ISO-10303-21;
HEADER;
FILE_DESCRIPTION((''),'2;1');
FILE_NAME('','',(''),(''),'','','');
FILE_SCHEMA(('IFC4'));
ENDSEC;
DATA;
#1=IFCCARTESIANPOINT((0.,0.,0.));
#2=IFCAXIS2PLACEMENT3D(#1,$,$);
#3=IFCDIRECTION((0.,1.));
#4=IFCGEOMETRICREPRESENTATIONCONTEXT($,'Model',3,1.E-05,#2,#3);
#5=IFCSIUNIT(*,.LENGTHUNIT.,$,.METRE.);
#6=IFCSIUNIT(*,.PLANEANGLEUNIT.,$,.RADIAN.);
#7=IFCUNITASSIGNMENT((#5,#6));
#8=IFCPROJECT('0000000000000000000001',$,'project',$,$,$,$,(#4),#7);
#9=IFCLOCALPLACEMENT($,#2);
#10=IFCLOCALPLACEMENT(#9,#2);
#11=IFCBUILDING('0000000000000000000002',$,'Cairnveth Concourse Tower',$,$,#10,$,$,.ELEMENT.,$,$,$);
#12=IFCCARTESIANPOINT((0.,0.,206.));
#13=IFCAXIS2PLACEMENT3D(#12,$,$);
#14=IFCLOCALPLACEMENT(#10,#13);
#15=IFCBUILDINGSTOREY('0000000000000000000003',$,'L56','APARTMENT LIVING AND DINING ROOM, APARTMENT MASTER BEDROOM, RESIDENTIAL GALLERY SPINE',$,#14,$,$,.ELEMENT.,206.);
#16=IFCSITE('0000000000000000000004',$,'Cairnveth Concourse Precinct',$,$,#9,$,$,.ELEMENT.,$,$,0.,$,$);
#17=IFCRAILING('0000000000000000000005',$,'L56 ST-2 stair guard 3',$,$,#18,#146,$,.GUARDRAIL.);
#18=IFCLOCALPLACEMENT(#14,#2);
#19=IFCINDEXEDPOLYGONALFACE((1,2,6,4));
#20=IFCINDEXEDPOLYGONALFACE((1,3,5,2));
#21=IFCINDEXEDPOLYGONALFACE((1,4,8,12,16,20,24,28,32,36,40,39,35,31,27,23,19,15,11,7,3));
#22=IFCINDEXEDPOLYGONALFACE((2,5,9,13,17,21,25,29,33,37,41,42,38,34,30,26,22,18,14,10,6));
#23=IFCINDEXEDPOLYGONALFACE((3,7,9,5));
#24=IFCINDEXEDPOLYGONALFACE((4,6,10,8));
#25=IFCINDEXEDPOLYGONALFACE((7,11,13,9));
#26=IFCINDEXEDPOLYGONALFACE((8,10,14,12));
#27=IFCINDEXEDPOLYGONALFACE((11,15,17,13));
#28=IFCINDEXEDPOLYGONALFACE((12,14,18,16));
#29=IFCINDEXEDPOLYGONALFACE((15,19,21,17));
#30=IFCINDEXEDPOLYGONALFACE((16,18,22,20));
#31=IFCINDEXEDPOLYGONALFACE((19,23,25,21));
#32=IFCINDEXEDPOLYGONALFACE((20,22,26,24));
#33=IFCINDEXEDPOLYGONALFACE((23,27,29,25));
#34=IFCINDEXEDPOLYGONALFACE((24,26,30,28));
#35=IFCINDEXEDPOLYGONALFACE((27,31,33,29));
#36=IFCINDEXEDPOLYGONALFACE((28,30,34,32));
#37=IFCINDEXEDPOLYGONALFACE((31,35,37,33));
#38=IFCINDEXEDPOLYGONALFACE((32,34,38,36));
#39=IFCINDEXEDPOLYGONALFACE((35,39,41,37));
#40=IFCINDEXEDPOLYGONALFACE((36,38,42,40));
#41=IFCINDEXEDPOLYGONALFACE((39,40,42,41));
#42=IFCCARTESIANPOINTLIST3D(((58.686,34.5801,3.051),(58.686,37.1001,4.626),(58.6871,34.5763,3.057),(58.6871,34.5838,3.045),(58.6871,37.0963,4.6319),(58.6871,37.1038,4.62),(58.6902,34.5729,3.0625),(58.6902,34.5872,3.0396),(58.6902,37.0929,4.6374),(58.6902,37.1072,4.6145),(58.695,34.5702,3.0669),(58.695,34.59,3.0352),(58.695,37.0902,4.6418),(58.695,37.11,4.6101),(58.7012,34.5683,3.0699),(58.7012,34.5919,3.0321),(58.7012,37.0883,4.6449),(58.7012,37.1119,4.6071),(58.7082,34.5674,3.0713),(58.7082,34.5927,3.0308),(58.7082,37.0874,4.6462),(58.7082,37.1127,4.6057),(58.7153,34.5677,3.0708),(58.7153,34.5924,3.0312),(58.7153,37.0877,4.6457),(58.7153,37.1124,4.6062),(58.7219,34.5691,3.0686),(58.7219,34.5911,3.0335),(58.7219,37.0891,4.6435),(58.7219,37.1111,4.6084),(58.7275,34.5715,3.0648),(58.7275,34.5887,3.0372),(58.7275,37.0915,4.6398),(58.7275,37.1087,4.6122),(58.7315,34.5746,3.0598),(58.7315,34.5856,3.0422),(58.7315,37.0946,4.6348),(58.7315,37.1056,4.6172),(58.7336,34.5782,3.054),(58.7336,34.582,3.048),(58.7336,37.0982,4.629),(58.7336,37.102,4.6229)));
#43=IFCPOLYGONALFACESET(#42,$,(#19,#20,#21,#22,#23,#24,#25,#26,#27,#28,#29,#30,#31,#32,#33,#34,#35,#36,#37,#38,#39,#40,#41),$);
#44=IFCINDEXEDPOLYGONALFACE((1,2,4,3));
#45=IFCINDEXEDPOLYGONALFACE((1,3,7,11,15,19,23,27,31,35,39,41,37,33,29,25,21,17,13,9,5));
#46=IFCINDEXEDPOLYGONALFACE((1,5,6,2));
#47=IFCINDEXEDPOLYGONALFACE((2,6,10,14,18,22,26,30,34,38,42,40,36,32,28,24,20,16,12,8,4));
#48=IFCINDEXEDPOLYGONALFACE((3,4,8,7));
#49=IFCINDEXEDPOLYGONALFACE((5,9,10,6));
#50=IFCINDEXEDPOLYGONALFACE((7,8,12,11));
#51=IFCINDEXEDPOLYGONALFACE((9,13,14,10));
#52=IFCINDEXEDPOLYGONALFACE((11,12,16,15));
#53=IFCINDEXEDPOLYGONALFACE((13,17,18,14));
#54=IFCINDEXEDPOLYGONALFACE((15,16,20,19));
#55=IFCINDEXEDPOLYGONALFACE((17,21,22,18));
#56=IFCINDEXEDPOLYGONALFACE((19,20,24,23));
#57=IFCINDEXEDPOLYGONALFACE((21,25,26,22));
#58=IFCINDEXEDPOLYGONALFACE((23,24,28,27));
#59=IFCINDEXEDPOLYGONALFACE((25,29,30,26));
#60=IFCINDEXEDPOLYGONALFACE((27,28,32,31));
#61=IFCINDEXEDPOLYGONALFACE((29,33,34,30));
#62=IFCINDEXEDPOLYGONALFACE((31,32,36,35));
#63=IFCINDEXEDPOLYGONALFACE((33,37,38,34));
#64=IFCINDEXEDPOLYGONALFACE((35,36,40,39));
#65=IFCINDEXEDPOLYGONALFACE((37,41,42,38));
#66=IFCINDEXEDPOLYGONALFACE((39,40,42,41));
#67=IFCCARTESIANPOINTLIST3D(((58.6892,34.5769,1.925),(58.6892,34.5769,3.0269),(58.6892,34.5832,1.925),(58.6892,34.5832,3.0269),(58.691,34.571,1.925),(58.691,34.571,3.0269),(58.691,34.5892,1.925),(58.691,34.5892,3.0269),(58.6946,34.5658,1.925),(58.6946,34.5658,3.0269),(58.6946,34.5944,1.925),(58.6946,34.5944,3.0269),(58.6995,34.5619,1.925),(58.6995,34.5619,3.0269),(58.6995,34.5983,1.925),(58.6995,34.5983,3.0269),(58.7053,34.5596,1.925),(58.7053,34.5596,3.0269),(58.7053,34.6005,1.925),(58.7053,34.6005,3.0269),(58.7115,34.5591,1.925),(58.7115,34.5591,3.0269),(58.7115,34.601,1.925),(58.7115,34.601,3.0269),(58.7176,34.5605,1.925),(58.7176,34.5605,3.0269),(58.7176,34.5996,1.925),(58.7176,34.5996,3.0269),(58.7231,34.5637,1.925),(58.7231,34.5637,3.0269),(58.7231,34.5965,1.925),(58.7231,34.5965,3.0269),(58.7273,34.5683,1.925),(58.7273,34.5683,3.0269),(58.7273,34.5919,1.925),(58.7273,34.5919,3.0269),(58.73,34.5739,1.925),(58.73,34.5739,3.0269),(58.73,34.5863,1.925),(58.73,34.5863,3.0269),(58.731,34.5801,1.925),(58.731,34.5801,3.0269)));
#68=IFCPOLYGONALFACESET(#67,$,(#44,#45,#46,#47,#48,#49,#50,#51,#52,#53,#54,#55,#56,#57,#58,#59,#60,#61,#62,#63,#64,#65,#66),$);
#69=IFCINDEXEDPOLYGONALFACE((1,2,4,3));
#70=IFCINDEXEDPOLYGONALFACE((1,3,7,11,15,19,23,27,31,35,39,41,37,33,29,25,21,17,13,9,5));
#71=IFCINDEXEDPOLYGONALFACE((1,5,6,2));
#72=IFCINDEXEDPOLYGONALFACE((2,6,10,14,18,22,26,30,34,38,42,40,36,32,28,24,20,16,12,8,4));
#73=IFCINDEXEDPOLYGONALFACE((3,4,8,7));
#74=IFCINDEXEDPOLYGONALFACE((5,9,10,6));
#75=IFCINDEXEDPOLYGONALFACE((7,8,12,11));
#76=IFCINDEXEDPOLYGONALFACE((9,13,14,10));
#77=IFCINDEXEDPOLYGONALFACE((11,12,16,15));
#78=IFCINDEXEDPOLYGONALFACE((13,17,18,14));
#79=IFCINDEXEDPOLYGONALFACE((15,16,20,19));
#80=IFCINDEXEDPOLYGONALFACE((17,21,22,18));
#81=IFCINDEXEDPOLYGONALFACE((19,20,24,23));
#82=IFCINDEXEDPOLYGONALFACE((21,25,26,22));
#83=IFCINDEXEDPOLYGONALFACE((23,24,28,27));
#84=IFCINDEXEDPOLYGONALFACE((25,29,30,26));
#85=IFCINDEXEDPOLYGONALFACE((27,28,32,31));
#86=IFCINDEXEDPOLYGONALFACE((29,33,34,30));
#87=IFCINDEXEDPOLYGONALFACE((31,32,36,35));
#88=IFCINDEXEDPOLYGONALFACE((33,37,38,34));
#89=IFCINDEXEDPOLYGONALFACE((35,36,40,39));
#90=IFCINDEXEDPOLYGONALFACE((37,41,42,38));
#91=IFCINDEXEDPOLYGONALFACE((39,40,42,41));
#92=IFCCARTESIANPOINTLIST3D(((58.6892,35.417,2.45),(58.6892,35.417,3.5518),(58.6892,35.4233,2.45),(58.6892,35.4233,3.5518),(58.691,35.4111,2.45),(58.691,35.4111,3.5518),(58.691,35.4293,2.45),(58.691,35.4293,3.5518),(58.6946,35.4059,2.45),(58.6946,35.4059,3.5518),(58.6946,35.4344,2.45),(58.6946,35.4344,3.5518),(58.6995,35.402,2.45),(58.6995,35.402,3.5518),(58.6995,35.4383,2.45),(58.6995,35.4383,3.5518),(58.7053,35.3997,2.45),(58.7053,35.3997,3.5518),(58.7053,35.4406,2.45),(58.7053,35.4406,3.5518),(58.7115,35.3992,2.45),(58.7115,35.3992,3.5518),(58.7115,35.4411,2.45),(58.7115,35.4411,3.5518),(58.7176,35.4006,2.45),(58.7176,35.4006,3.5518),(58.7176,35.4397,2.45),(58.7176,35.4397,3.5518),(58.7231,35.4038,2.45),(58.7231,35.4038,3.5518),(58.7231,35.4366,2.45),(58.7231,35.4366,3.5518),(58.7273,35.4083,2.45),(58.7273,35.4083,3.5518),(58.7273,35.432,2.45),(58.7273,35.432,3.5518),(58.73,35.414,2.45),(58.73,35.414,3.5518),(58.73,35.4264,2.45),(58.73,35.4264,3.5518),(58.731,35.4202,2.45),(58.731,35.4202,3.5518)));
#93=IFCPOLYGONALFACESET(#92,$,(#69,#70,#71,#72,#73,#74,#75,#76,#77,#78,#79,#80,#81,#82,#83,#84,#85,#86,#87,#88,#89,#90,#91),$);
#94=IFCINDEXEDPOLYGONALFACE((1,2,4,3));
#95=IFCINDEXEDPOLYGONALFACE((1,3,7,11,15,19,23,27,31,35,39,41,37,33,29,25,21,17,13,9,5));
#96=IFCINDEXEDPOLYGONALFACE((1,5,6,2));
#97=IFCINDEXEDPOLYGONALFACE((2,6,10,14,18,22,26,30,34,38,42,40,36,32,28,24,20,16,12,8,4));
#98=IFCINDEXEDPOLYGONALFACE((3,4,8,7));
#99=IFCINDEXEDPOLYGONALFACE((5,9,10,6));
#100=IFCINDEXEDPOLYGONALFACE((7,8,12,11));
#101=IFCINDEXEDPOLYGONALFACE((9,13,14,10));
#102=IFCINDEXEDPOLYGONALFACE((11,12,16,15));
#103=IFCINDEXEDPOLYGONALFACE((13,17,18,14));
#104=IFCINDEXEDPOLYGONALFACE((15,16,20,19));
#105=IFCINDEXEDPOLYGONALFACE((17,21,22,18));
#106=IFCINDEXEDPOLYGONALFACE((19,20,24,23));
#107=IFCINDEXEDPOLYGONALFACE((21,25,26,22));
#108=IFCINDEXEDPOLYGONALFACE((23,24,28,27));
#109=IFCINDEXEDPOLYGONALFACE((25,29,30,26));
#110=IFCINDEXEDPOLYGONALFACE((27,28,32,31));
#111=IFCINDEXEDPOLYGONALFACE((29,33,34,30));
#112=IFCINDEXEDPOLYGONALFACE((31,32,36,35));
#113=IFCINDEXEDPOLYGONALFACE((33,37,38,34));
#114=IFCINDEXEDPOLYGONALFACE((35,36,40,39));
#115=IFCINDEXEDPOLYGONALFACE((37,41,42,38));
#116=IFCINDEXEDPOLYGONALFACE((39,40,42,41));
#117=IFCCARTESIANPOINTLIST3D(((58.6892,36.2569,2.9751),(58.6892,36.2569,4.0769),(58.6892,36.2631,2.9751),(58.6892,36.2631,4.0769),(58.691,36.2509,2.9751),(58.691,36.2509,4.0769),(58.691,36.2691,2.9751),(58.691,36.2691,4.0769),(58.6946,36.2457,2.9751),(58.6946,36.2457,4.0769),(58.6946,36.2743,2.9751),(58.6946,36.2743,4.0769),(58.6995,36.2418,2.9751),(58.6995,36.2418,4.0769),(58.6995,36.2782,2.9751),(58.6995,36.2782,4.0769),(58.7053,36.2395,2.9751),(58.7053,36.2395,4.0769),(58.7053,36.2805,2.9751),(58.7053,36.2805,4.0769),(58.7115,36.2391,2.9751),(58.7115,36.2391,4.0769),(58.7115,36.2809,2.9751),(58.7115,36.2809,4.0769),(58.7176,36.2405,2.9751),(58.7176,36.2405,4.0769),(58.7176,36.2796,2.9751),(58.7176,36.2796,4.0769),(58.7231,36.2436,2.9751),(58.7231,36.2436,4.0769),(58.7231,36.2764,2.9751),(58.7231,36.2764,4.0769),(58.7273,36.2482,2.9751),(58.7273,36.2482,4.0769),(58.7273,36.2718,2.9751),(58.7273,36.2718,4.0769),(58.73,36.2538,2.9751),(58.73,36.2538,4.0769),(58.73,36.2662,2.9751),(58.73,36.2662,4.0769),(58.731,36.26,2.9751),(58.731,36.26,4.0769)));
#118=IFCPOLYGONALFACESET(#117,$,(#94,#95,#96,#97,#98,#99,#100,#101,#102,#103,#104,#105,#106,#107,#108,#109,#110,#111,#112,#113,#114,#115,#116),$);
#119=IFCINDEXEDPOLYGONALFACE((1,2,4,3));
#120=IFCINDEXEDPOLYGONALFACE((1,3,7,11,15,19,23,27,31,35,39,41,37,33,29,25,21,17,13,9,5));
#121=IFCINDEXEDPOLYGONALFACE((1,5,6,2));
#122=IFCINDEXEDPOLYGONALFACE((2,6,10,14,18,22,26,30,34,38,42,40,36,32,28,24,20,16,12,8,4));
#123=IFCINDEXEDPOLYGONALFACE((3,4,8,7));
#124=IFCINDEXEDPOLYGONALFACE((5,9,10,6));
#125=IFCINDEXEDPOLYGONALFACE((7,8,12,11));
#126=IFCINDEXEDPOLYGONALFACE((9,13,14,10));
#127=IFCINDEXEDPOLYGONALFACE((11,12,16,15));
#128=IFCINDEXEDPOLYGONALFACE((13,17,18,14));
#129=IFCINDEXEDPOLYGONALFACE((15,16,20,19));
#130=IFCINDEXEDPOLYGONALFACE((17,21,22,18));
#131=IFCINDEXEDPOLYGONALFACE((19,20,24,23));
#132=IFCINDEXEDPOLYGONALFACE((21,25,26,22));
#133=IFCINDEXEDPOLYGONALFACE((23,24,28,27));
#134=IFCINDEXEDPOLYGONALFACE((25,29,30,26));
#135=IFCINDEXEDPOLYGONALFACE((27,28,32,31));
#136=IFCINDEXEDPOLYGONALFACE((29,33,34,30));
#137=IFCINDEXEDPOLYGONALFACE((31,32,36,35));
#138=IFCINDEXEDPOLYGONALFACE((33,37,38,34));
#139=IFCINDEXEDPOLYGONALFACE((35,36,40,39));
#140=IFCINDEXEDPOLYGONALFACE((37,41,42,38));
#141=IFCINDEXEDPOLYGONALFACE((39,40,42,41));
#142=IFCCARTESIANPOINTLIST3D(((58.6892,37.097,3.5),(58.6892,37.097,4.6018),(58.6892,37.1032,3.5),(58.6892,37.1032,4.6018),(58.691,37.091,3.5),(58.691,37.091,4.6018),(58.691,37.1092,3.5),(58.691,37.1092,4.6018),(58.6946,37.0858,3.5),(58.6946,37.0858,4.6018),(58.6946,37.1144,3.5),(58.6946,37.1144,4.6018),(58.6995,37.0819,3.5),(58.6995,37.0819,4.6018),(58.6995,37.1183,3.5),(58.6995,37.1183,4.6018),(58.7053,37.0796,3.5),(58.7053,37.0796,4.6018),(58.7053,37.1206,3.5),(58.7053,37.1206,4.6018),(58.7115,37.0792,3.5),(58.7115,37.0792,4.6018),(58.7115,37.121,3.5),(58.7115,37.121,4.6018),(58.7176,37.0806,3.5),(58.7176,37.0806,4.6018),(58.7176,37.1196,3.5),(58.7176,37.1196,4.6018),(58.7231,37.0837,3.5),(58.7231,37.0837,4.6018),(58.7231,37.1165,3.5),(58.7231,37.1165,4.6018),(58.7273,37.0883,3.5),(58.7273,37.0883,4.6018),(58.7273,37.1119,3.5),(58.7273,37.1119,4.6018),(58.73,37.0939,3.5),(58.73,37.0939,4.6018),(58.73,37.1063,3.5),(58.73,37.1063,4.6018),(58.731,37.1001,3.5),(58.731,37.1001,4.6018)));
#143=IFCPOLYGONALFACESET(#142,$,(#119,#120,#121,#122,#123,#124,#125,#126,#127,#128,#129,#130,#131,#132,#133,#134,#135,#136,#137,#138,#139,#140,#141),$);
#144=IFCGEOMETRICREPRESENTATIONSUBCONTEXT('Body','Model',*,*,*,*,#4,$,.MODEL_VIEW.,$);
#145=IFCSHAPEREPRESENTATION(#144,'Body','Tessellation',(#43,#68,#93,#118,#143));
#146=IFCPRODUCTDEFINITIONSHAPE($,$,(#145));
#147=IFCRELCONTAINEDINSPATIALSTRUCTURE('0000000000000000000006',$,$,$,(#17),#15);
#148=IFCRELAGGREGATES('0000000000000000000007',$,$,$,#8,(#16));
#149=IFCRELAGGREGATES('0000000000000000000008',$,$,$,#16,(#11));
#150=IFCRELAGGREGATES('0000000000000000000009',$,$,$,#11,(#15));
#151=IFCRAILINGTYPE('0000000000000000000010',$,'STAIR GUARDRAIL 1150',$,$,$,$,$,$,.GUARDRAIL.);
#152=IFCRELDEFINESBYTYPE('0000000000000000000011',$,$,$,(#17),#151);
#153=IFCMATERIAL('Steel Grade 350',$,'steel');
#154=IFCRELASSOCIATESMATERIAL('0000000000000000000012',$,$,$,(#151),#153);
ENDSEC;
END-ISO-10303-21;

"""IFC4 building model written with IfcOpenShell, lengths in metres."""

from ifc_helpers import new_model, si_unit, direction, frame, origin, origin_2d, place, context, subcontext, project, spatial, circle, extrude, material, type_object, element, save


model = new_model("IFC4")

# Units and contexts
model_context = context("Model", 3, precision=1e-05, world=origin(), true_north=direction((0.0, 1.0)))
body_context = subcontext(model_context, "Body", "Model", "MODEL_VIEW")
ifc_project = project(units=[si_unit("LENGTHUNIT", "METRE"), si_unit("PLANEANGLEUNIT", "RADIAN")], contexts=[model_context])

# Site, building, storey
site_placement = place(None, origin())
site = spatial("IfcSite", under=ifc_project, at=site_placement, Name="Cairnveth Concourse Precinct", CompositionType="ELEMENT", RefElevation=0.0)
building_placement = place(site_placement, origin())
building = spatial("IfcBuilding", under=site, at=building_placement, Name="Cairnveth Concourse Tower", CompositionType="ELEMENT")
storey_placement = place(building_placement, frame((0.0, 0.0, 206.0)))
storey = spatial("IfcBuildingStorey", under=building, at=storey_placement, Name="L56", Description="APARTMENT LIVING AND DINING ROOM, APARTMENT MASTER BEDROOM, RESIDENTIAL GALLERY SPINE", CompositionType="ELEMENT", Elevation=206.0)

# Shared definitions
ifc_material_1 = material(Name="Steel Grade 350", Category="steel")

# Railing
railing_type_1 = type_object("IfcRailingType", Name="STAIR GUARDRAIL 1150", PredefinedType="GUARDRAIL", material=ifc_material_1)
railing_1_placement = place(storey_placement, frame((58.71, 34.5801, 1.925)))
element("IfcRailing", 1, at=railing_1_placement, inside=storey, type_object=railing_type_1, Name="L56 ST-2 stair guard 3", PredefinedType="GUARDRAIL", context=body_context, shape_type="SweptSolid", body=[
    extrude(circle(Radius=0.0239, at=origin_2d()), frame((0.0, 0.0, 1.126), z_axis=(0.0, 0.848008, 0.529984), x_axis=(-1.0, 0.0, 0.0)), (0.0, 0.0, 1.0), 2.9717),
    extrude(circle(Radius=0.021, at=origin_2d()), origin(), (0.0, 0.0, 1.0), 1.1018),
    extrude(circle(Radius=0.021, at=origin_2d()), frame((0.0, 0.8401, 0.5249)), (0.0, 0.0, 1.0), 1.1018),
    extrude(circle(Radius=0.021, at=origin_2d()), frame((0.0, 1.6799, 1.05)), (0.0, 0.0, 1.0), 1.1018),
    extrude(circle(Radius=0.021, at=origin_2d()), frame((0.0, 2.52, 1.575)), (0.0, 0.0, 1.0), 1.1018),
])

save(model, "model.ifc")
